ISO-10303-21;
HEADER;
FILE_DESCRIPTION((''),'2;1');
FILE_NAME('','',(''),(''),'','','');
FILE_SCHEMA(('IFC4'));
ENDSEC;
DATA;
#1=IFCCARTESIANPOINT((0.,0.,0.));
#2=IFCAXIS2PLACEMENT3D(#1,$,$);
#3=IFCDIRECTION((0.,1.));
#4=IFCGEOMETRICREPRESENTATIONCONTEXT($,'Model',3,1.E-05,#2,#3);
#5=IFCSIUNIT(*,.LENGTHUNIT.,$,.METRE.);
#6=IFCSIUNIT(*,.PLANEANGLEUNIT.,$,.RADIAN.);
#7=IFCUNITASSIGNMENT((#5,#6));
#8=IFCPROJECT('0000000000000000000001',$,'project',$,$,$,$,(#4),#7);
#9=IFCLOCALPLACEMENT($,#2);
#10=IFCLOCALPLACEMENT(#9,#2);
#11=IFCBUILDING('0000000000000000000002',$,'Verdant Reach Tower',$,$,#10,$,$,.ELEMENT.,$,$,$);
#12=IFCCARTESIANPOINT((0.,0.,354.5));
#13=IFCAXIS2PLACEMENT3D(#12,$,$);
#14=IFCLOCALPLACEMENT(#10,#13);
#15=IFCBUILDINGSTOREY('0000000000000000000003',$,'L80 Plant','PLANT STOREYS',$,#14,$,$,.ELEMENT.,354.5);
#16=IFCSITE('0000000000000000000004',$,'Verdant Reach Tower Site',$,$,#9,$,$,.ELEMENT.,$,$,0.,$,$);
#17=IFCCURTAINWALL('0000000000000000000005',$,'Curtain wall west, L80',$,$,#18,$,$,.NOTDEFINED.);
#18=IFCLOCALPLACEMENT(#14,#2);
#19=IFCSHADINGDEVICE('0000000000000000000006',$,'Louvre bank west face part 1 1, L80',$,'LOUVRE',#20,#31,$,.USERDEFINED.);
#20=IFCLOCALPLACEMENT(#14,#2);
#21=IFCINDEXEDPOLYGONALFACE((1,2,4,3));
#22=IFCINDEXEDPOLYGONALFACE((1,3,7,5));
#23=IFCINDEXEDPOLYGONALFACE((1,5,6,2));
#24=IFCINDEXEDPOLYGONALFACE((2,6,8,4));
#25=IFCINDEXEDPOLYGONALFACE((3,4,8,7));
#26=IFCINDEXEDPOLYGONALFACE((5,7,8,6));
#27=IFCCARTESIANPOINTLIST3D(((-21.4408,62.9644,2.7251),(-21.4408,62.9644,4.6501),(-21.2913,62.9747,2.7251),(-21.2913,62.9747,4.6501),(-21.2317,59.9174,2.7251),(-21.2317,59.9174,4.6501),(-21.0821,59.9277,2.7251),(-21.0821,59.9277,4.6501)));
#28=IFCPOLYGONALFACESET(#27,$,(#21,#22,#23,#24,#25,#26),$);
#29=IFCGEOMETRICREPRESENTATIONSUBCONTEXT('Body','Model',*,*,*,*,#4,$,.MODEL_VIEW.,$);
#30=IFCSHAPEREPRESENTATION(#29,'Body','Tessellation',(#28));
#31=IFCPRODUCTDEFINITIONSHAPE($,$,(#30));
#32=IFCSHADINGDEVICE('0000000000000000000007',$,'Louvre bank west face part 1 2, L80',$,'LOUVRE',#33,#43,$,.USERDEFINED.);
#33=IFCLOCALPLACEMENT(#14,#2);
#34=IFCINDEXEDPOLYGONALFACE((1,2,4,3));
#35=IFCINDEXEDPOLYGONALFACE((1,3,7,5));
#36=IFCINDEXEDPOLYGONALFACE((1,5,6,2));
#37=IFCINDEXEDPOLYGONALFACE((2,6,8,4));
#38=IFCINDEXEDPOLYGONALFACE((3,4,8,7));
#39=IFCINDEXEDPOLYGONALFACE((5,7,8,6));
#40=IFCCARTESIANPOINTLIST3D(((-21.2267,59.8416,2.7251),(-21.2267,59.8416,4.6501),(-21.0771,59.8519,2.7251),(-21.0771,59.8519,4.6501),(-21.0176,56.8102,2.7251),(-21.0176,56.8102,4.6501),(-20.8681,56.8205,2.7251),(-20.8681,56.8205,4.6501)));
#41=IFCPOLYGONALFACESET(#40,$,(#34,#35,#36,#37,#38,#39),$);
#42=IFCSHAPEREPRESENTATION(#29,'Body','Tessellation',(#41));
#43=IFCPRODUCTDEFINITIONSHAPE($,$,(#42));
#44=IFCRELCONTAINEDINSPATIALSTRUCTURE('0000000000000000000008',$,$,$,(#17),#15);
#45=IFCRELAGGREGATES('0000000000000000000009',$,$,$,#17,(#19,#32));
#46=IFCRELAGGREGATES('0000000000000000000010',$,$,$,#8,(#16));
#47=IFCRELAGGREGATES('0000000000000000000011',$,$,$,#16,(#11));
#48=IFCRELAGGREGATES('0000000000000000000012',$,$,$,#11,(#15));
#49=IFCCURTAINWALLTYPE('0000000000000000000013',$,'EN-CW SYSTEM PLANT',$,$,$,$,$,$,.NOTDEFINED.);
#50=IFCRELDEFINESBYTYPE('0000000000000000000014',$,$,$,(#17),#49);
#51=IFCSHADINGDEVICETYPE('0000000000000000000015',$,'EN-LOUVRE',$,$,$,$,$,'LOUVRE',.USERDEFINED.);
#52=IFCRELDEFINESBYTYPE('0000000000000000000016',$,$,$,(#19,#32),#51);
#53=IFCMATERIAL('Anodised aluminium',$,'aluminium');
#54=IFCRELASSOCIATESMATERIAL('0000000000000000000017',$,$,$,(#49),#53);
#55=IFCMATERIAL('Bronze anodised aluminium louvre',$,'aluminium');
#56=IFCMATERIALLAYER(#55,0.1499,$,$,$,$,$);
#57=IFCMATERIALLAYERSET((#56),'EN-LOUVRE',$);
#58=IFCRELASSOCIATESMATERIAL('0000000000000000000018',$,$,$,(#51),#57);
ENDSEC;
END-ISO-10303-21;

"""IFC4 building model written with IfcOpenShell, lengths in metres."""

from ifc_helpers import new_model, si_unit, direction, frame, origin, origin_2d, place, context, subcontext, project, spatial, rectangle, extrude, material, layer, layer_set, type_object, element, aggregate, save


model = new_model("IFC4")

# Units and contexts
model_context = context("Model", 3, precision=1e-05, world=origin(), true_north=direction((0.0, 1.0)))
body_context = subcontext(model_context, "Body", "Model", "MODEL_VIEW")
ifc_project = project(units=[si_unit("LENGTHUNIT", "METRE"), si_unit("PLANEANGLEUNIT", "RADIAN")], contexts=[model_context])

# Site, building, storey
site_placement = place(None, origin())
site = spatial("IfcSite", under=ifc_project, at=site_placement, Name="Verdant Reach Tower Site", CompositionType="ELEMENT", RefElevation=0.0)
building_placement = place(site_placement, origin())
building = spatial("IfcBuilding", under=site, at=building_placement, Name="Verdant Reach Tower", CompositionType="ELEMENT")
storey_placement = place(building_placement, frame((0.0, 0.0, 354.5)))
storey = spatial("IfcBuildingStorey", under=building, at=storey_placement, Name="L80 Plant", Description="PLANT STOREYS", CompositionType="ELEMENT", Elevation=354.5)

# Curtain wall
ifc_material_1 = material(Name="Anodised aluminium", Category="aluminium")
curtain_wall_type = type_object("IfcCurtainWallType", Name="EN-CW SYSTEM PLANT", PredefinedType="NOTDEFINED", material=ifc_material_1)
curtain_wall_1_placement = place(storey_placement, origin())
curtain_wall_1 = element("IfcCurtainWall", 1, at=curtain_wall_1_placement, inside=storey, type_object=curtain_wall_type, Name="Curtain wall west, L80", PredefinedType="NOTDEFINED")

# Shading devices
ifc_material_2 = material(Name="Bronze anodised aluminium louvre", Category="aluminium")
ifc_layer_1 = layer(ifc_material_2, 0.1499)
ifc_layer_set_1 = layer_set([ifc_layer_1], Name="EN-LOUVRE")
shading_device_type = type_object("IfcShadingDeviceType", Name="EN-LOUVRE", ElementType="LOUVRE", PredefinedType="USERDEFINED", material=ifc_layer_set_1)
shading_device_1_placement = place(storey_placement, frame((-21.2615, 61.446, 2.7251), z_axis=(0.0, 0.0, 1.0), x_axis=(0.068469, -0.997653, 0.0)))
shading_device_1 = element("IfcShadingDevice", 2, at=shading_device_1_placement, type_object=shading_device_type, Name="Louvre bank west face part 1 1, L80", ObjectType="LOUVRE", PredefinedType="USERDEFINED", context=body_context, shape_type="SweptSolid", body=[
    extrude(rectangle(XDim=3.0542, YDim=0.1499, at=origin_2d()), origin(), (0.0, 0.0, 1.0), 1.925),
])
shading_device_2_placement = place(storey_placement, frame((-21.0474, 58.3311, 2.7251), z_axis=(0.0, 0.0, 1.0), x_axis=(0.068802, -0.99763, 0.0)))
shading_device_2 = element("IfcShadingDevice", 3, at=shading_device_2_placement, type_object=shading_device_type, Name="Louvre bank west face part 1 2, L80", ObjectType="LOUVRE", PredefinedType="USERDEFINED", context=body_context, shape_type="SweptSolid", body=[
    extrude(rectangle(XDim=3.0386, YDim=0.1499, at=origin_2d()), origin(), (0.0, 0.0, 1.0), 1.925),
])
aggregate(curtain_wall_1, [shading_device_1, shading_device_2])

save(model, "model.ifc")
